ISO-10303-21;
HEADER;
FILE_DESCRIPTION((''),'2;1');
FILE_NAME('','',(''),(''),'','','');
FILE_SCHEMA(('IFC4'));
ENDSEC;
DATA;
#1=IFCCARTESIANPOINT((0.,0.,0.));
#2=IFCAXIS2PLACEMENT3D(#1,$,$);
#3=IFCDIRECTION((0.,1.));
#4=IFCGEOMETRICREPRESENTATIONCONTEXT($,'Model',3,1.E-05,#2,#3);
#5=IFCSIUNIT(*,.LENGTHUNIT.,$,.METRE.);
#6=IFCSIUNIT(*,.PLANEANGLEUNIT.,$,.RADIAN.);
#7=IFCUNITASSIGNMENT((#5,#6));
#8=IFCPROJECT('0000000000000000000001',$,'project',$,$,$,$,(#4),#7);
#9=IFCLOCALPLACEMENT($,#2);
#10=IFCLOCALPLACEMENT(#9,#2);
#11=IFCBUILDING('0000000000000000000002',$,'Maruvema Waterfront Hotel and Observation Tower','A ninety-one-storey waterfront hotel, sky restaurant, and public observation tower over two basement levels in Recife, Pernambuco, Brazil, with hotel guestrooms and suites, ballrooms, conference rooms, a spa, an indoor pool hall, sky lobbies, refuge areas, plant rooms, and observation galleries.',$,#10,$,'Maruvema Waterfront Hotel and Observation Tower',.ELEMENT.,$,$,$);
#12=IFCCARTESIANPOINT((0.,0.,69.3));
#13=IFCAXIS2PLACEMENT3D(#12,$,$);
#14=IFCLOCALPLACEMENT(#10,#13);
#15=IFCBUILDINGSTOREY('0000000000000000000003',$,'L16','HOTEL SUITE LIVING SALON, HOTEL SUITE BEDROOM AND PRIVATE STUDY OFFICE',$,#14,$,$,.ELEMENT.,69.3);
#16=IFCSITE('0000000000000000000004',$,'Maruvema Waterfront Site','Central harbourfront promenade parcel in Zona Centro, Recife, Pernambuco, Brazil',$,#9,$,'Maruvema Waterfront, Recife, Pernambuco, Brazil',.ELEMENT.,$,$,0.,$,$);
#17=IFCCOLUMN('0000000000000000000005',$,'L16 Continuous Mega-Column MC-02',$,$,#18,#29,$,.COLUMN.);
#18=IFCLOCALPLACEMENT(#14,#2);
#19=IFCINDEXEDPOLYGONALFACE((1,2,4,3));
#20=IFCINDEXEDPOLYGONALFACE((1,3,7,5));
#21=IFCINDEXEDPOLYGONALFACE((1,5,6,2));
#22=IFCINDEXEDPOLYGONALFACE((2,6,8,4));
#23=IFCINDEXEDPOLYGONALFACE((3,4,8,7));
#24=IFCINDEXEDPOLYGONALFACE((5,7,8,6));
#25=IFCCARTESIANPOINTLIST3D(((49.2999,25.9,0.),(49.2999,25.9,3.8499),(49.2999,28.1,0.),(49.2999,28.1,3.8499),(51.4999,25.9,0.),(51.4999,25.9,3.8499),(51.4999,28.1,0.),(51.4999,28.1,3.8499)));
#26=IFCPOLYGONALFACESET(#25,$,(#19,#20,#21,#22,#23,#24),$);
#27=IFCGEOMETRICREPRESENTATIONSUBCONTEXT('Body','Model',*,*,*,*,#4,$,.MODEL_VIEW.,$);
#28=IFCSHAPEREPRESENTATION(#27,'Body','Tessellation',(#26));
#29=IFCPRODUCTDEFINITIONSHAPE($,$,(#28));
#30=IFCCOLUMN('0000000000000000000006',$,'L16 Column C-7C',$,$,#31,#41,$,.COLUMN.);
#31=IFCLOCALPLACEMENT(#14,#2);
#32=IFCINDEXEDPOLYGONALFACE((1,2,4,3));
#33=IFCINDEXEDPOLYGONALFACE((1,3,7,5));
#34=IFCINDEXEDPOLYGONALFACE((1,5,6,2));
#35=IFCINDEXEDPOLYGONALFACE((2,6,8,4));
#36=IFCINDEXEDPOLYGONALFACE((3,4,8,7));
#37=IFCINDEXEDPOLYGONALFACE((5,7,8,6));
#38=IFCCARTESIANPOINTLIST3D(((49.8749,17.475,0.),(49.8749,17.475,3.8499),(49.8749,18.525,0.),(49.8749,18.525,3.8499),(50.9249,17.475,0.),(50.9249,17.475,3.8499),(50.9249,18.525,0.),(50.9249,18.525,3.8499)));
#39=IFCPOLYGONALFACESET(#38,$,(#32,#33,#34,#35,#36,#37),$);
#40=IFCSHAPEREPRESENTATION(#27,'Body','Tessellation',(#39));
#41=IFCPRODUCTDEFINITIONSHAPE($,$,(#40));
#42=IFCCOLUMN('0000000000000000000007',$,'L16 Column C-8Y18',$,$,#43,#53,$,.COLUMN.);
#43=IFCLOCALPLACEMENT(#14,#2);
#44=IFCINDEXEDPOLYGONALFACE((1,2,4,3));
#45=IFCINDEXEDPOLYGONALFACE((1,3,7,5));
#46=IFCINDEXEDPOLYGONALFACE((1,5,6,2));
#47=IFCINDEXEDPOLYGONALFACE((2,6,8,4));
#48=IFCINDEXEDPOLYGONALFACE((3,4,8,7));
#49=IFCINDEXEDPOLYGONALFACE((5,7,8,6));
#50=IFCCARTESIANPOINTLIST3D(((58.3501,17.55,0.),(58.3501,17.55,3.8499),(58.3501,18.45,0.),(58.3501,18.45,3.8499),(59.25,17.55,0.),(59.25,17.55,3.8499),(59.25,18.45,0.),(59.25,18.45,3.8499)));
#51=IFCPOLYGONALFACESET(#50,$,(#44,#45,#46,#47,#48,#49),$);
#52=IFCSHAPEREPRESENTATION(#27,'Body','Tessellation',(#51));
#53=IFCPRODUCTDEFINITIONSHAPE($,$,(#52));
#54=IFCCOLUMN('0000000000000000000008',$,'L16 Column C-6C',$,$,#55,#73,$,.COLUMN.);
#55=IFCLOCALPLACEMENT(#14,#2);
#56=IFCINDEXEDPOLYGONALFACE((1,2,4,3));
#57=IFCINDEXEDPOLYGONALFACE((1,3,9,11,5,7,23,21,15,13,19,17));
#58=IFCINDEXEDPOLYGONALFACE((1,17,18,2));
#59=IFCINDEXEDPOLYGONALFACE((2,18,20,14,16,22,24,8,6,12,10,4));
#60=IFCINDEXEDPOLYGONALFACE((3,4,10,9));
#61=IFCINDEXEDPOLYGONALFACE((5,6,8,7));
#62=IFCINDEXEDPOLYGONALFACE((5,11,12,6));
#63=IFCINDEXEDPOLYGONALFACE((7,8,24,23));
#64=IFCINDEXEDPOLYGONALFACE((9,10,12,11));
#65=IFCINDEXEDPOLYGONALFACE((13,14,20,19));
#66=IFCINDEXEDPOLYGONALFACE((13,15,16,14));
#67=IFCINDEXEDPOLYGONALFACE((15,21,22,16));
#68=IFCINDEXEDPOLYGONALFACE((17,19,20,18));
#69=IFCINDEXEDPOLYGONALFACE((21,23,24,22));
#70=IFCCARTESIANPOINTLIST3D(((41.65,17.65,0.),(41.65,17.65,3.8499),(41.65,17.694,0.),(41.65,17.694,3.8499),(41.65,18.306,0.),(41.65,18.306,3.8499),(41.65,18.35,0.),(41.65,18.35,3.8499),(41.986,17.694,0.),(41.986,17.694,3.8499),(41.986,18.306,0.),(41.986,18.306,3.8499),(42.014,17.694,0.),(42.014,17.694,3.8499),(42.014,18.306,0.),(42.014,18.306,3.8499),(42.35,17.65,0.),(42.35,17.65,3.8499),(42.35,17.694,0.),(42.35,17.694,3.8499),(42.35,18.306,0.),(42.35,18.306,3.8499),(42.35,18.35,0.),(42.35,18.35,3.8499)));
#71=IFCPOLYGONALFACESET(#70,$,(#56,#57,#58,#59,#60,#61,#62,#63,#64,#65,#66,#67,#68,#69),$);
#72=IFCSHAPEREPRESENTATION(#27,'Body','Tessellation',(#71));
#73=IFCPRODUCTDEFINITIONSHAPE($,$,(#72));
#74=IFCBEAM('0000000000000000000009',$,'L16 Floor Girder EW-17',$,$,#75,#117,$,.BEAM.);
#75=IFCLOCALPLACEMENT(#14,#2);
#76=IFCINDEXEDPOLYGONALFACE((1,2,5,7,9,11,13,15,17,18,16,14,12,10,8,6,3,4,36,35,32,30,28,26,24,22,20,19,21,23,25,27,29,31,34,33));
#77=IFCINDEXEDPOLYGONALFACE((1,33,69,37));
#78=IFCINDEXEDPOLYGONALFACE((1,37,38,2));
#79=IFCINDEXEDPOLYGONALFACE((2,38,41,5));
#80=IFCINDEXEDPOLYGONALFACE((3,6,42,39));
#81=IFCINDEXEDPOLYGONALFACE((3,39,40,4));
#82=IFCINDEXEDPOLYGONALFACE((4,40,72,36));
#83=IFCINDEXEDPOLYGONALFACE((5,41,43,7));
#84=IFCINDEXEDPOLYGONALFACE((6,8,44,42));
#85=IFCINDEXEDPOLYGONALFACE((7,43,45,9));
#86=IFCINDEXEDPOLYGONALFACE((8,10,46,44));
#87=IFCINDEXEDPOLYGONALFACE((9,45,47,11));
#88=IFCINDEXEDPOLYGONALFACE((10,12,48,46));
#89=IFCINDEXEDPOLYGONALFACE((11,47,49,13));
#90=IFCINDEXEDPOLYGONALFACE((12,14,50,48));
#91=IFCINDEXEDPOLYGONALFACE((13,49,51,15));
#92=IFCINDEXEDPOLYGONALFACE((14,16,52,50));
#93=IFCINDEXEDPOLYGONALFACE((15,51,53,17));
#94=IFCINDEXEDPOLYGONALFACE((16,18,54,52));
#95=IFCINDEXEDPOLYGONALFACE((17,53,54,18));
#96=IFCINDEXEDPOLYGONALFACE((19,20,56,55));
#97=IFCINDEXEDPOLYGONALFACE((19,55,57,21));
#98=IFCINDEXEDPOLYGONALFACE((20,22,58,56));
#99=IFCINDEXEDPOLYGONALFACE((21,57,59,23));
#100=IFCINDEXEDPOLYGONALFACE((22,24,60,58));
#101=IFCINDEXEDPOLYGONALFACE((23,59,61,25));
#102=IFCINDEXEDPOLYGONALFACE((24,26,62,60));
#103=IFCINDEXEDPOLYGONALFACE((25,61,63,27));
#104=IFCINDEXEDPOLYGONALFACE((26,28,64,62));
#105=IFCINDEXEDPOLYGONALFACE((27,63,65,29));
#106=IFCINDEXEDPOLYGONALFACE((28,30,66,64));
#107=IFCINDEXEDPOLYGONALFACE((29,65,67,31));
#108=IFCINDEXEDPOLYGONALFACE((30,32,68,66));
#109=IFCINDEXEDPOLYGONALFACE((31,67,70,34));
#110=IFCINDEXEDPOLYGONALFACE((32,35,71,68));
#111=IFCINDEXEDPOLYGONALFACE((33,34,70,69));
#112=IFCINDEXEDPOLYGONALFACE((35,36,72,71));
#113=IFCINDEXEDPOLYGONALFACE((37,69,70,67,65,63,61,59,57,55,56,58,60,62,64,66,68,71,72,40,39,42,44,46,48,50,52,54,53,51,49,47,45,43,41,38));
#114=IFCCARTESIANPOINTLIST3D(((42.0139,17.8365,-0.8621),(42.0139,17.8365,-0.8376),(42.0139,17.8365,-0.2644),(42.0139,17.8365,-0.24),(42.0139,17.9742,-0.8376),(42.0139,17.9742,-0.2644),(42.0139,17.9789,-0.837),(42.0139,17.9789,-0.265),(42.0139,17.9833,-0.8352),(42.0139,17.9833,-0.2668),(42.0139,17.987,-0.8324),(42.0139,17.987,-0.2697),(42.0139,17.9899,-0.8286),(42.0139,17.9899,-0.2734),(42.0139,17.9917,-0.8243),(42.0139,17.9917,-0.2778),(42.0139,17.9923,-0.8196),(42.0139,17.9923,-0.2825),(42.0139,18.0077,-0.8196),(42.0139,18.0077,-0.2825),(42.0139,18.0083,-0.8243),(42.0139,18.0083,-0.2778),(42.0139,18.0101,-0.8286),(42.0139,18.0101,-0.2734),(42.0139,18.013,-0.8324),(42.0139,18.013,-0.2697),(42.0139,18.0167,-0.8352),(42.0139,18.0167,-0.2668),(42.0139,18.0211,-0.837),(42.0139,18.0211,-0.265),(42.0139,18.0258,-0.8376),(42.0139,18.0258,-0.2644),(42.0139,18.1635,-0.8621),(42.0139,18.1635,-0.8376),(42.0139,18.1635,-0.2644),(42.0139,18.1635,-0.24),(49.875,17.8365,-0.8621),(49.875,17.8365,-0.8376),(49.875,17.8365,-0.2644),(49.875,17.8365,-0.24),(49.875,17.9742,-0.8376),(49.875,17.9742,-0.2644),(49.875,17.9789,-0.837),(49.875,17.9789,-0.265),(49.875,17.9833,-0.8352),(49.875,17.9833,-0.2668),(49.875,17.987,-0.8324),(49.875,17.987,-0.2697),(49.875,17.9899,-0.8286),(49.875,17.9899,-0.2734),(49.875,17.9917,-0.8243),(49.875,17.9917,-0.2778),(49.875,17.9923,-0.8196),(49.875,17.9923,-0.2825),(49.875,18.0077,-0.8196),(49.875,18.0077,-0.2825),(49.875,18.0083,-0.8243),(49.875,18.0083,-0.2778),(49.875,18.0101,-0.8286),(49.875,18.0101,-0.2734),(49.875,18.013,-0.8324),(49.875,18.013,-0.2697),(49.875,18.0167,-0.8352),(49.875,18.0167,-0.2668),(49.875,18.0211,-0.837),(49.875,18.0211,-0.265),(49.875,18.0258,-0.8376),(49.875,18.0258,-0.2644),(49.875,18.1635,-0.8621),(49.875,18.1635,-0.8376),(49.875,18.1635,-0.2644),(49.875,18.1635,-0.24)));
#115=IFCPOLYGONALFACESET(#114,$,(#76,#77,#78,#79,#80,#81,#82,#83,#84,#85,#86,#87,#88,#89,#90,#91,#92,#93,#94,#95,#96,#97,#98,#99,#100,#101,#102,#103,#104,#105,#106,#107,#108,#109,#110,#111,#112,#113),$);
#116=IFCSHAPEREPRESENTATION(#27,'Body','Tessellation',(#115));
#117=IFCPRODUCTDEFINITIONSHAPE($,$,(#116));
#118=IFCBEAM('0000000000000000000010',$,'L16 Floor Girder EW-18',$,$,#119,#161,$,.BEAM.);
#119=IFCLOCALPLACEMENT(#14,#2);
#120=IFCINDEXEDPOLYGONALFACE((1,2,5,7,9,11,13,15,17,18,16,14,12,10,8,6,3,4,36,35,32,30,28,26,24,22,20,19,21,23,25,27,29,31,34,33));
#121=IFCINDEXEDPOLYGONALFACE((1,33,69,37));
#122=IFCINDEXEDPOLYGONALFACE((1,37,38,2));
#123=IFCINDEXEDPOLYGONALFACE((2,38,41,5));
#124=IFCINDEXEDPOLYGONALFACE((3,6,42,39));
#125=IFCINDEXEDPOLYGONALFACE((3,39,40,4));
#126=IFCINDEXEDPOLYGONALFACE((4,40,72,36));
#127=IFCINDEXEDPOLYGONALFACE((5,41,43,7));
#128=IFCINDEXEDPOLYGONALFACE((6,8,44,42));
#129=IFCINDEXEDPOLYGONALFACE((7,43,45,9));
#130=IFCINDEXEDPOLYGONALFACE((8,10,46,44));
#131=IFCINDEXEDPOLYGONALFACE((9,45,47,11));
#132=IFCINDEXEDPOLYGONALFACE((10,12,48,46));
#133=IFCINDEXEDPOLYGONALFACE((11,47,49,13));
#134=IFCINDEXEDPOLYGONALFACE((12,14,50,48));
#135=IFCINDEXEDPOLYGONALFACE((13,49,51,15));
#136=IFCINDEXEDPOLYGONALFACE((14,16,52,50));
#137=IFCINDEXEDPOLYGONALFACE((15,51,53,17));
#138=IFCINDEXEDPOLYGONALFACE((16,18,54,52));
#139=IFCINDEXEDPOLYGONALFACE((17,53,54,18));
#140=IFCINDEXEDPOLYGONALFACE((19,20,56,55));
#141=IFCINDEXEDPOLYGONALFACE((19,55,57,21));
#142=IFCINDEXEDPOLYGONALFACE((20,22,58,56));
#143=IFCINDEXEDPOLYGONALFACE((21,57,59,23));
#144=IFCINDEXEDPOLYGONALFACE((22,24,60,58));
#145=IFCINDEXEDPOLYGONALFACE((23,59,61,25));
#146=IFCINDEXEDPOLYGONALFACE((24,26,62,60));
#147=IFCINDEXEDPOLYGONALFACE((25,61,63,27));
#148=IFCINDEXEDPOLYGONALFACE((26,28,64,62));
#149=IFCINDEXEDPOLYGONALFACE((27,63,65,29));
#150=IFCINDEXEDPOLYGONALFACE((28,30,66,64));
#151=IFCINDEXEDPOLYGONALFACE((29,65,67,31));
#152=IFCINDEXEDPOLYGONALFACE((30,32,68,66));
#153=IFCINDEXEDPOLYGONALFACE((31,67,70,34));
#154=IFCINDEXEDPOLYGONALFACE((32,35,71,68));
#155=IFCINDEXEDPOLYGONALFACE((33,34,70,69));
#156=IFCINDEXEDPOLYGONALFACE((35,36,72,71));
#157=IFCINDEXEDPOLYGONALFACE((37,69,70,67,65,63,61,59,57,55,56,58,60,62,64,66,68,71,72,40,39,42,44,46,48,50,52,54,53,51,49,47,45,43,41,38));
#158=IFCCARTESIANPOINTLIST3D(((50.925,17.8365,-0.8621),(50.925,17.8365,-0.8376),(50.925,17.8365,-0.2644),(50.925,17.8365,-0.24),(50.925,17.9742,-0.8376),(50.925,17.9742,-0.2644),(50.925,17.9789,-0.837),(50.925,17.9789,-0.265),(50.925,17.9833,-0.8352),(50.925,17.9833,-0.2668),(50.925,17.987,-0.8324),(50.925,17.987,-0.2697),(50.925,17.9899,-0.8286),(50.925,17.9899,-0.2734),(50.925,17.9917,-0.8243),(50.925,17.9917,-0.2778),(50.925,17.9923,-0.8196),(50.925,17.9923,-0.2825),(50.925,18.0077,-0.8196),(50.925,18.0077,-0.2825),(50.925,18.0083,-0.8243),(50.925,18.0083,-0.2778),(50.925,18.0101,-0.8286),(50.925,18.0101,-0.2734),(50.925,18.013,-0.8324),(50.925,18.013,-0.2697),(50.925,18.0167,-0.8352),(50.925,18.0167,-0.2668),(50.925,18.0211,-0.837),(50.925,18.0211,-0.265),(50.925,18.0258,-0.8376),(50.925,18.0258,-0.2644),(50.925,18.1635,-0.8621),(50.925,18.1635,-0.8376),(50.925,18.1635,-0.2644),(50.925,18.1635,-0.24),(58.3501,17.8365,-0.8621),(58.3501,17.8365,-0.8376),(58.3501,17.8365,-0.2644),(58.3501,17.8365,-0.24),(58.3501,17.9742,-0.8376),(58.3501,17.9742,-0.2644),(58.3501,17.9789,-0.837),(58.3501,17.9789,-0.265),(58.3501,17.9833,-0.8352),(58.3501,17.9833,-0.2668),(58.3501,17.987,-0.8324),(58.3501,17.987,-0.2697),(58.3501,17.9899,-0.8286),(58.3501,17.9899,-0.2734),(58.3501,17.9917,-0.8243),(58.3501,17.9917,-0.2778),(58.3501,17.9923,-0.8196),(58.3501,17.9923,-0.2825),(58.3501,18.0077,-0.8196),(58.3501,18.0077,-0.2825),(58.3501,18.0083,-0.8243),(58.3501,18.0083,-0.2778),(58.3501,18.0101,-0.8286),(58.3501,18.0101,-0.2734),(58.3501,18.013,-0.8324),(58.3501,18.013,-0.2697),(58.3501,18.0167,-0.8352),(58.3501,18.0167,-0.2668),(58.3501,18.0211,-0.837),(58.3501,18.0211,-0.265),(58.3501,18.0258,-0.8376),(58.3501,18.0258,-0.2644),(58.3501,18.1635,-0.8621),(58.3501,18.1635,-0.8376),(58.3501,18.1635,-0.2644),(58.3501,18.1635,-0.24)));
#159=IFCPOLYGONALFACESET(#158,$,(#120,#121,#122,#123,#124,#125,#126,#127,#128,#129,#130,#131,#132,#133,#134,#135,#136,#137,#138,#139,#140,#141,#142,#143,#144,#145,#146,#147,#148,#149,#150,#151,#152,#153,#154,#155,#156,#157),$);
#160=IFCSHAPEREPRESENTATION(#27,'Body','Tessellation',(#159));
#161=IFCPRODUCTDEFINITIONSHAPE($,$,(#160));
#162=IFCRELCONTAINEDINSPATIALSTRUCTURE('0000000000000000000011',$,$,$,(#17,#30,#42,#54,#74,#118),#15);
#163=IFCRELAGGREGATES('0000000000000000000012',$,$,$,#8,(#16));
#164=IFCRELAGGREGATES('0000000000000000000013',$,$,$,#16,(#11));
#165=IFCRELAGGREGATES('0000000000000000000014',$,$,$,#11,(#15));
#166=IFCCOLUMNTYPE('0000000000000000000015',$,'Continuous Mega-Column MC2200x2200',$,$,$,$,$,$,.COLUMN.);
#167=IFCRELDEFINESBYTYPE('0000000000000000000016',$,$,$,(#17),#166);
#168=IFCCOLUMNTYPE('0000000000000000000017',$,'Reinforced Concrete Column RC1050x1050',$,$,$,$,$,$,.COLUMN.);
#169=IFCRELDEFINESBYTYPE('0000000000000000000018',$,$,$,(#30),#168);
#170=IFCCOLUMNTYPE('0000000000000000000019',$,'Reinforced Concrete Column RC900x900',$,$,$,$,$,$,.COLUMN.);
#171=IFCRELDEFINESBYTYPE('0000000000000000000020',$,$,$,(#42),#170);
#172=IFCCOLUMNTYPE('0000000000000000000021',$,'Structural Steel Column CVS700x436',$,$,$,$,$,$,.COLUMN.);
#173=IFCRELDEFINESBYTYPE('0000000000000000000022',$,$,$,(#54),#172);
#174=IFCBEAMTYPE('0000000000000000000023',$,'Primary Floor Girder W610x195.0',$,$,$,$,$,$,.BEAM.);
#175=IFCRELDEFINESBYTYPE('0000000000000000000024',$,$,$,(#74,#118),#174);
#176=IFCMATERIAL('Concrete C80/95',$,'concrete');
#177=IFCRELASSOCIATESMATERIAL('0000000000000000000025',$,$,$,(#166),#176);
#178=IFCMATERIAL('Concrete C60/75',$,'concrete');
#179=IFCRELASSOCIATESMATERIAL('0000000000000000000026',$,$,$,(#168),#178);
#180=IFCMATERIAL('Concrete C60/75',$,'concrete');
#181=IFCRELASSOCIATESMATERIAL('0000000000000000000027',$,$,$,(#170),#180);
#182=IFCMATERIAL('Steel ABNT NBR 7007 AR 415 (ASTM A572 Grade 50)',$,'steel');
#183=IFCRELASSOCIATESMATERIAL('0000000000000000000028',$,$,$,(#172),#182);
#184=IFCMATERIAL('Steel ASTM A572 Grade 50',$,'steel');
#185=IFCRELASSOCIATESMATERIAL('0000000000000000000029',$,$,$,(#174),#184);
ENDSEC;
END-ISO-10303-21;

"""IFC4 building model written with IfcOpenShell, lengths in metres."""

from ifc_helpers import new_model, si_unit, direction, frame, origin, origin_2d, place, context, subcontext, project, spatial, rectangle, i_section, extrude, material, material_profile, profile_set, type_object, element, save


model = new_model("IFC4")

# Units and contexts
model_context = context("Model", 3, precision=1e-05, world=origin(), true_north=direction((0.0, 1.0)))
body_context = subcontext(model_context, "Body", "Model", "MODEL_VIEW")
ifc_project = project(units=[si_unit("LENGTHUNIT", "METRE"), si_unit("PLANEANGLEUNIT", "RADIAN")], contexts=[model_context])

# Site, building, storey
site_placement = place(None, origin())
site = spatial("IfcSite", under=ifc_project, at=site_placement, Name="Maruvema Waterfront Site", Description="Central harbourfront promenade parcel in Zona Centro, Recife, Pernambuco, Brazil", LongName="Maruvema Waterfront, Recife, Pernambuco, Brazil", CompositionType="ELEMENT", RefElevation=0.0)
building_placement = place(site_placement, origin())
building = spatial("IfcBuilding", under=site, at=building_placement, Name="Maruvema Waterfront Hotel and Observation Tower", Description="A ninety-one-storey waterfront hotel, sky restaurant, and public observation tower over two basement levels in Recife, Pernambuco, Brazil, with hotel guestrooms and suites, ballrooms, conference rooms, a spa, an indoor pool hall, sky lobbies, refuge areas, plant rooms, and observation galleries.", LongName="Maruvema Waterfront Hotel and Observation Tower", CompositionType="ELEMENT")
storey_placement = place(building_placement, frame((0.0, 0.0, 69.3)))
storey = spatial("IfcBuildingStorey", under=building, at=storey_placement, Name="L16", Description="HOTEL SUITE LIVING SALON, HOTEL SUITE BEDROOM AND PRIVATE STUDY OFFICE", CompositionType="ELEMENT", Elevation=69.3)

# Columns
ifc_material_1 = material(Name="Concrete C80/95", Category="concrete")
ifc_material_profile_1 = material_profile(ifc_material_1, rectangle(XDim=2.2, YDim=2.2, at=origin_2d()), Name="MC2200x2200")
ifc_profile_set_1 = profile_set([ifc_material_profile_1], Name="Concrete C80/95")
column_type_1 = type_object("IfcColumnType", Name="Continuous Mega-Column MC2200x2200", PredefinedType="COLUMN", material=ifc_profile_set_1)
column_1_placement = place(storey_placement, frame((50.3999, 27.0, 0.0), z_axis=(0.0, 0.0, 1.0), x_axis=(1.0, 0.0, 0.0)))
element("IfcColumn", 1, at=column_1_placement, inside=storey, type_object=column_type_1, Name="L16 Continuous Mega-Column MC-02", PredefinedType="COLUMN", context=body_context, shape_type="SweptSolid", body=[
    extrude(rectangle(XDim=2.2, YDim=2.2, at=origin_2d()), origin(), (0.0, 0.0, 1.0), 3.8499),
])
ifc_material_2 = material(Name="Concrete C60/75", Category="concrete")
ifc_material_profile_2 = material_profile(ifc_material_2, rectangle(XDim=1.05, YDim=1.05, at=origin_2d()), Name="RC1050x1050")
ifc_profile_set_2 = profile_set([ifc_material_profile_2], Name="Concrete C60/75")
column_type_2 = type_object("IfcColumnType", Name="Reinforced Concrete Column RC1050x1050", PredefinedType="COLUMN", material=ifc_profile_set_2)
column_2_placement = place(storey_placement, frame((50.3999, 18.0, 0.0), z_axis=(0.0, 0.0, 1.0), x_axis=(1.0, 0.0, 0.0)))
element("IfcColumn", 2, at=column_2_placement, inside=storey, type_object=column_type_2, Name="L16 Column C-7C", PredefinedType="COLUMN", context=body_context, shape_type="SweptSolid", body=[
    extrude(rectangle(XDim=1.05, YDim=1.05, at=origin_2d()), origin(), (0.0, 0.0, 1.0), 3.8499),
])
ifc_material_3 = material(Name="Concrete C60/75", Category="concrete")
ifc_material_profile_3 = material_profile(ifc_material_3, rectangle(XDim=0.8999, YDim=0.8999, at=origin_2d()), Name="RC900x900")
ifc_profile_set_3 = profile_set([ifc_material_profile_3], Name="Concrete C60/75")
column_type_3 = type_object("IfcColumnType", Name="Reinforced Concrete Column RC900x900", PredefinedType="COLUMN", material=ifc_profile_set_3)
column_3_placement = place(storey_placement, frame((58.8, 18.0, 0.0), z_axis=(0.0, 0.0, 1.0), x_axis=(1.0, 0.0, 0.0)))
element("IfcColumn", 3, at=column_3_placement, inside=storey, type_object=column_type_3, Name="L16 Column C-8Y18", PredefinedType="COLUMN", context=body_context, shape_type="SweptSolid", body=[
    extrude(rectangle(XDim=0.8999, YDim=0.8999, at=origin_2d()), origin(), (0.0, 0.0, 1.0), 3.8499),
])
ifc_material_4 = material(Name="Steel ABNT NBR 7007 AR 415 (ASTM A572 Grade 50)", Category="steel")
ifc_material_profile_4 = material_profile(ifc_material_4, i_section(OverallWidth=0.7, OverallDepth=0.7, WebThickness=0.0281, FlangeThickness=0.0439, at=origin_2d()), Name="CVS700x436")
ifc_profile_set_4 = profile_set([ifc_material_profile_4], Name="Steel ABNT NBR 7007 AR 415 (ASTM A572 Grade 50)")
column_type_4 = type_object("IfcColumnType", Name="Structural Steel Column CVS700x436", PredefinedType="COLUMN", material=ifc_profile_set_4)
column_4_placement = place(storey_placement, frame((42.0, 18.0, 0.0), z_axis=(0.0, 0.0, 1.0), x_axis=(1.0, 0.0, 0.0)))
element("IfcColumn", 4, at=column_4_placement, inside=storey, type_object=column_type_4, Name="L16 Column C-6C", PredefinedType="COLUMN", context=body_context, shape_type="SweptSolid", body=[
    extrude(i_section(OverallWidth=0.7, OverallDepth=0.7, WebThickness=0.0281, FlangeThickness=0.0439, at=origin_2d()), origin(), (0.0, 0.0, 1.0), 3.8499),
])

# Beams
ifc_material_5 = material(Name="Steel ASTM A572 Grade 50", Category="steel")
ifc_material_profile_5 = material_profile(ifc_material_5, i_section(OverallWidth=0.3269, OverallDepth=0.6221, WebThickness=0.0154, FlangeThickness=0.0244, FilletRadius=0.0181, at=origin_2d()), Name="W610x195.0")
ifc_profile_set_5 = profile_set([ifc_material_profile_5], Name="Steel ASTM A572 Grade 50")
beam_type_1 = type_object("IfcBeamType", Name="Primary Floor Girder W610x195.0", PredefinedType="BEAM", material=ifc_profile_set_5)
beam_1_placement = place(storey_placement, frame((42.0139, 18.0, -0.551), z_axis=(1.0, 0.0, 0.0), x_axis=(0.0, 1.0, 0.0)))
element("IfcBeam", 5, at=beam_1_placement, inside=storey, type_object=beam_type_1, Name="L16 Floor Girder EW-17", PredefinedType="BEAM", context=body_context, shape_type="SweptSolid", body=[
    extrude(i_section(OverallWidth=0.3269, OverallDepth=0.6221, WebThickness=0.0154, FlangeThickness=0.0244, FilletRadius=0.0181, at=origin_2d()), origin(), (0.0, 0.0, 1.0), 7.8611),
])
beam_2_placement = place(storey_placement, frame((50.925, 18.0, -0.551), z_axis=(1.0, 0.0, 0.0), x_axis=(0.0, 1.0, 0.0)))
element("IfcBeam", 6, at=beam_2_placement, inside=storey, type_object=beam_type_1, Name="L16 Floor Girder EW-18", PredefinedType="BEAM", context=body_context, shape_type="SweptSolid", body=[
    extrude(i_section(OverallWidth=0.3269, OverallDepth=0.6221, WebThickness=0.0154, FlangeThickness=0.0244, FilletRadius=0.0181, at=origin_2d()), origin(), (0.0, 0.0, 1.0), 7.425),
])

save(model, "model.ifc")
